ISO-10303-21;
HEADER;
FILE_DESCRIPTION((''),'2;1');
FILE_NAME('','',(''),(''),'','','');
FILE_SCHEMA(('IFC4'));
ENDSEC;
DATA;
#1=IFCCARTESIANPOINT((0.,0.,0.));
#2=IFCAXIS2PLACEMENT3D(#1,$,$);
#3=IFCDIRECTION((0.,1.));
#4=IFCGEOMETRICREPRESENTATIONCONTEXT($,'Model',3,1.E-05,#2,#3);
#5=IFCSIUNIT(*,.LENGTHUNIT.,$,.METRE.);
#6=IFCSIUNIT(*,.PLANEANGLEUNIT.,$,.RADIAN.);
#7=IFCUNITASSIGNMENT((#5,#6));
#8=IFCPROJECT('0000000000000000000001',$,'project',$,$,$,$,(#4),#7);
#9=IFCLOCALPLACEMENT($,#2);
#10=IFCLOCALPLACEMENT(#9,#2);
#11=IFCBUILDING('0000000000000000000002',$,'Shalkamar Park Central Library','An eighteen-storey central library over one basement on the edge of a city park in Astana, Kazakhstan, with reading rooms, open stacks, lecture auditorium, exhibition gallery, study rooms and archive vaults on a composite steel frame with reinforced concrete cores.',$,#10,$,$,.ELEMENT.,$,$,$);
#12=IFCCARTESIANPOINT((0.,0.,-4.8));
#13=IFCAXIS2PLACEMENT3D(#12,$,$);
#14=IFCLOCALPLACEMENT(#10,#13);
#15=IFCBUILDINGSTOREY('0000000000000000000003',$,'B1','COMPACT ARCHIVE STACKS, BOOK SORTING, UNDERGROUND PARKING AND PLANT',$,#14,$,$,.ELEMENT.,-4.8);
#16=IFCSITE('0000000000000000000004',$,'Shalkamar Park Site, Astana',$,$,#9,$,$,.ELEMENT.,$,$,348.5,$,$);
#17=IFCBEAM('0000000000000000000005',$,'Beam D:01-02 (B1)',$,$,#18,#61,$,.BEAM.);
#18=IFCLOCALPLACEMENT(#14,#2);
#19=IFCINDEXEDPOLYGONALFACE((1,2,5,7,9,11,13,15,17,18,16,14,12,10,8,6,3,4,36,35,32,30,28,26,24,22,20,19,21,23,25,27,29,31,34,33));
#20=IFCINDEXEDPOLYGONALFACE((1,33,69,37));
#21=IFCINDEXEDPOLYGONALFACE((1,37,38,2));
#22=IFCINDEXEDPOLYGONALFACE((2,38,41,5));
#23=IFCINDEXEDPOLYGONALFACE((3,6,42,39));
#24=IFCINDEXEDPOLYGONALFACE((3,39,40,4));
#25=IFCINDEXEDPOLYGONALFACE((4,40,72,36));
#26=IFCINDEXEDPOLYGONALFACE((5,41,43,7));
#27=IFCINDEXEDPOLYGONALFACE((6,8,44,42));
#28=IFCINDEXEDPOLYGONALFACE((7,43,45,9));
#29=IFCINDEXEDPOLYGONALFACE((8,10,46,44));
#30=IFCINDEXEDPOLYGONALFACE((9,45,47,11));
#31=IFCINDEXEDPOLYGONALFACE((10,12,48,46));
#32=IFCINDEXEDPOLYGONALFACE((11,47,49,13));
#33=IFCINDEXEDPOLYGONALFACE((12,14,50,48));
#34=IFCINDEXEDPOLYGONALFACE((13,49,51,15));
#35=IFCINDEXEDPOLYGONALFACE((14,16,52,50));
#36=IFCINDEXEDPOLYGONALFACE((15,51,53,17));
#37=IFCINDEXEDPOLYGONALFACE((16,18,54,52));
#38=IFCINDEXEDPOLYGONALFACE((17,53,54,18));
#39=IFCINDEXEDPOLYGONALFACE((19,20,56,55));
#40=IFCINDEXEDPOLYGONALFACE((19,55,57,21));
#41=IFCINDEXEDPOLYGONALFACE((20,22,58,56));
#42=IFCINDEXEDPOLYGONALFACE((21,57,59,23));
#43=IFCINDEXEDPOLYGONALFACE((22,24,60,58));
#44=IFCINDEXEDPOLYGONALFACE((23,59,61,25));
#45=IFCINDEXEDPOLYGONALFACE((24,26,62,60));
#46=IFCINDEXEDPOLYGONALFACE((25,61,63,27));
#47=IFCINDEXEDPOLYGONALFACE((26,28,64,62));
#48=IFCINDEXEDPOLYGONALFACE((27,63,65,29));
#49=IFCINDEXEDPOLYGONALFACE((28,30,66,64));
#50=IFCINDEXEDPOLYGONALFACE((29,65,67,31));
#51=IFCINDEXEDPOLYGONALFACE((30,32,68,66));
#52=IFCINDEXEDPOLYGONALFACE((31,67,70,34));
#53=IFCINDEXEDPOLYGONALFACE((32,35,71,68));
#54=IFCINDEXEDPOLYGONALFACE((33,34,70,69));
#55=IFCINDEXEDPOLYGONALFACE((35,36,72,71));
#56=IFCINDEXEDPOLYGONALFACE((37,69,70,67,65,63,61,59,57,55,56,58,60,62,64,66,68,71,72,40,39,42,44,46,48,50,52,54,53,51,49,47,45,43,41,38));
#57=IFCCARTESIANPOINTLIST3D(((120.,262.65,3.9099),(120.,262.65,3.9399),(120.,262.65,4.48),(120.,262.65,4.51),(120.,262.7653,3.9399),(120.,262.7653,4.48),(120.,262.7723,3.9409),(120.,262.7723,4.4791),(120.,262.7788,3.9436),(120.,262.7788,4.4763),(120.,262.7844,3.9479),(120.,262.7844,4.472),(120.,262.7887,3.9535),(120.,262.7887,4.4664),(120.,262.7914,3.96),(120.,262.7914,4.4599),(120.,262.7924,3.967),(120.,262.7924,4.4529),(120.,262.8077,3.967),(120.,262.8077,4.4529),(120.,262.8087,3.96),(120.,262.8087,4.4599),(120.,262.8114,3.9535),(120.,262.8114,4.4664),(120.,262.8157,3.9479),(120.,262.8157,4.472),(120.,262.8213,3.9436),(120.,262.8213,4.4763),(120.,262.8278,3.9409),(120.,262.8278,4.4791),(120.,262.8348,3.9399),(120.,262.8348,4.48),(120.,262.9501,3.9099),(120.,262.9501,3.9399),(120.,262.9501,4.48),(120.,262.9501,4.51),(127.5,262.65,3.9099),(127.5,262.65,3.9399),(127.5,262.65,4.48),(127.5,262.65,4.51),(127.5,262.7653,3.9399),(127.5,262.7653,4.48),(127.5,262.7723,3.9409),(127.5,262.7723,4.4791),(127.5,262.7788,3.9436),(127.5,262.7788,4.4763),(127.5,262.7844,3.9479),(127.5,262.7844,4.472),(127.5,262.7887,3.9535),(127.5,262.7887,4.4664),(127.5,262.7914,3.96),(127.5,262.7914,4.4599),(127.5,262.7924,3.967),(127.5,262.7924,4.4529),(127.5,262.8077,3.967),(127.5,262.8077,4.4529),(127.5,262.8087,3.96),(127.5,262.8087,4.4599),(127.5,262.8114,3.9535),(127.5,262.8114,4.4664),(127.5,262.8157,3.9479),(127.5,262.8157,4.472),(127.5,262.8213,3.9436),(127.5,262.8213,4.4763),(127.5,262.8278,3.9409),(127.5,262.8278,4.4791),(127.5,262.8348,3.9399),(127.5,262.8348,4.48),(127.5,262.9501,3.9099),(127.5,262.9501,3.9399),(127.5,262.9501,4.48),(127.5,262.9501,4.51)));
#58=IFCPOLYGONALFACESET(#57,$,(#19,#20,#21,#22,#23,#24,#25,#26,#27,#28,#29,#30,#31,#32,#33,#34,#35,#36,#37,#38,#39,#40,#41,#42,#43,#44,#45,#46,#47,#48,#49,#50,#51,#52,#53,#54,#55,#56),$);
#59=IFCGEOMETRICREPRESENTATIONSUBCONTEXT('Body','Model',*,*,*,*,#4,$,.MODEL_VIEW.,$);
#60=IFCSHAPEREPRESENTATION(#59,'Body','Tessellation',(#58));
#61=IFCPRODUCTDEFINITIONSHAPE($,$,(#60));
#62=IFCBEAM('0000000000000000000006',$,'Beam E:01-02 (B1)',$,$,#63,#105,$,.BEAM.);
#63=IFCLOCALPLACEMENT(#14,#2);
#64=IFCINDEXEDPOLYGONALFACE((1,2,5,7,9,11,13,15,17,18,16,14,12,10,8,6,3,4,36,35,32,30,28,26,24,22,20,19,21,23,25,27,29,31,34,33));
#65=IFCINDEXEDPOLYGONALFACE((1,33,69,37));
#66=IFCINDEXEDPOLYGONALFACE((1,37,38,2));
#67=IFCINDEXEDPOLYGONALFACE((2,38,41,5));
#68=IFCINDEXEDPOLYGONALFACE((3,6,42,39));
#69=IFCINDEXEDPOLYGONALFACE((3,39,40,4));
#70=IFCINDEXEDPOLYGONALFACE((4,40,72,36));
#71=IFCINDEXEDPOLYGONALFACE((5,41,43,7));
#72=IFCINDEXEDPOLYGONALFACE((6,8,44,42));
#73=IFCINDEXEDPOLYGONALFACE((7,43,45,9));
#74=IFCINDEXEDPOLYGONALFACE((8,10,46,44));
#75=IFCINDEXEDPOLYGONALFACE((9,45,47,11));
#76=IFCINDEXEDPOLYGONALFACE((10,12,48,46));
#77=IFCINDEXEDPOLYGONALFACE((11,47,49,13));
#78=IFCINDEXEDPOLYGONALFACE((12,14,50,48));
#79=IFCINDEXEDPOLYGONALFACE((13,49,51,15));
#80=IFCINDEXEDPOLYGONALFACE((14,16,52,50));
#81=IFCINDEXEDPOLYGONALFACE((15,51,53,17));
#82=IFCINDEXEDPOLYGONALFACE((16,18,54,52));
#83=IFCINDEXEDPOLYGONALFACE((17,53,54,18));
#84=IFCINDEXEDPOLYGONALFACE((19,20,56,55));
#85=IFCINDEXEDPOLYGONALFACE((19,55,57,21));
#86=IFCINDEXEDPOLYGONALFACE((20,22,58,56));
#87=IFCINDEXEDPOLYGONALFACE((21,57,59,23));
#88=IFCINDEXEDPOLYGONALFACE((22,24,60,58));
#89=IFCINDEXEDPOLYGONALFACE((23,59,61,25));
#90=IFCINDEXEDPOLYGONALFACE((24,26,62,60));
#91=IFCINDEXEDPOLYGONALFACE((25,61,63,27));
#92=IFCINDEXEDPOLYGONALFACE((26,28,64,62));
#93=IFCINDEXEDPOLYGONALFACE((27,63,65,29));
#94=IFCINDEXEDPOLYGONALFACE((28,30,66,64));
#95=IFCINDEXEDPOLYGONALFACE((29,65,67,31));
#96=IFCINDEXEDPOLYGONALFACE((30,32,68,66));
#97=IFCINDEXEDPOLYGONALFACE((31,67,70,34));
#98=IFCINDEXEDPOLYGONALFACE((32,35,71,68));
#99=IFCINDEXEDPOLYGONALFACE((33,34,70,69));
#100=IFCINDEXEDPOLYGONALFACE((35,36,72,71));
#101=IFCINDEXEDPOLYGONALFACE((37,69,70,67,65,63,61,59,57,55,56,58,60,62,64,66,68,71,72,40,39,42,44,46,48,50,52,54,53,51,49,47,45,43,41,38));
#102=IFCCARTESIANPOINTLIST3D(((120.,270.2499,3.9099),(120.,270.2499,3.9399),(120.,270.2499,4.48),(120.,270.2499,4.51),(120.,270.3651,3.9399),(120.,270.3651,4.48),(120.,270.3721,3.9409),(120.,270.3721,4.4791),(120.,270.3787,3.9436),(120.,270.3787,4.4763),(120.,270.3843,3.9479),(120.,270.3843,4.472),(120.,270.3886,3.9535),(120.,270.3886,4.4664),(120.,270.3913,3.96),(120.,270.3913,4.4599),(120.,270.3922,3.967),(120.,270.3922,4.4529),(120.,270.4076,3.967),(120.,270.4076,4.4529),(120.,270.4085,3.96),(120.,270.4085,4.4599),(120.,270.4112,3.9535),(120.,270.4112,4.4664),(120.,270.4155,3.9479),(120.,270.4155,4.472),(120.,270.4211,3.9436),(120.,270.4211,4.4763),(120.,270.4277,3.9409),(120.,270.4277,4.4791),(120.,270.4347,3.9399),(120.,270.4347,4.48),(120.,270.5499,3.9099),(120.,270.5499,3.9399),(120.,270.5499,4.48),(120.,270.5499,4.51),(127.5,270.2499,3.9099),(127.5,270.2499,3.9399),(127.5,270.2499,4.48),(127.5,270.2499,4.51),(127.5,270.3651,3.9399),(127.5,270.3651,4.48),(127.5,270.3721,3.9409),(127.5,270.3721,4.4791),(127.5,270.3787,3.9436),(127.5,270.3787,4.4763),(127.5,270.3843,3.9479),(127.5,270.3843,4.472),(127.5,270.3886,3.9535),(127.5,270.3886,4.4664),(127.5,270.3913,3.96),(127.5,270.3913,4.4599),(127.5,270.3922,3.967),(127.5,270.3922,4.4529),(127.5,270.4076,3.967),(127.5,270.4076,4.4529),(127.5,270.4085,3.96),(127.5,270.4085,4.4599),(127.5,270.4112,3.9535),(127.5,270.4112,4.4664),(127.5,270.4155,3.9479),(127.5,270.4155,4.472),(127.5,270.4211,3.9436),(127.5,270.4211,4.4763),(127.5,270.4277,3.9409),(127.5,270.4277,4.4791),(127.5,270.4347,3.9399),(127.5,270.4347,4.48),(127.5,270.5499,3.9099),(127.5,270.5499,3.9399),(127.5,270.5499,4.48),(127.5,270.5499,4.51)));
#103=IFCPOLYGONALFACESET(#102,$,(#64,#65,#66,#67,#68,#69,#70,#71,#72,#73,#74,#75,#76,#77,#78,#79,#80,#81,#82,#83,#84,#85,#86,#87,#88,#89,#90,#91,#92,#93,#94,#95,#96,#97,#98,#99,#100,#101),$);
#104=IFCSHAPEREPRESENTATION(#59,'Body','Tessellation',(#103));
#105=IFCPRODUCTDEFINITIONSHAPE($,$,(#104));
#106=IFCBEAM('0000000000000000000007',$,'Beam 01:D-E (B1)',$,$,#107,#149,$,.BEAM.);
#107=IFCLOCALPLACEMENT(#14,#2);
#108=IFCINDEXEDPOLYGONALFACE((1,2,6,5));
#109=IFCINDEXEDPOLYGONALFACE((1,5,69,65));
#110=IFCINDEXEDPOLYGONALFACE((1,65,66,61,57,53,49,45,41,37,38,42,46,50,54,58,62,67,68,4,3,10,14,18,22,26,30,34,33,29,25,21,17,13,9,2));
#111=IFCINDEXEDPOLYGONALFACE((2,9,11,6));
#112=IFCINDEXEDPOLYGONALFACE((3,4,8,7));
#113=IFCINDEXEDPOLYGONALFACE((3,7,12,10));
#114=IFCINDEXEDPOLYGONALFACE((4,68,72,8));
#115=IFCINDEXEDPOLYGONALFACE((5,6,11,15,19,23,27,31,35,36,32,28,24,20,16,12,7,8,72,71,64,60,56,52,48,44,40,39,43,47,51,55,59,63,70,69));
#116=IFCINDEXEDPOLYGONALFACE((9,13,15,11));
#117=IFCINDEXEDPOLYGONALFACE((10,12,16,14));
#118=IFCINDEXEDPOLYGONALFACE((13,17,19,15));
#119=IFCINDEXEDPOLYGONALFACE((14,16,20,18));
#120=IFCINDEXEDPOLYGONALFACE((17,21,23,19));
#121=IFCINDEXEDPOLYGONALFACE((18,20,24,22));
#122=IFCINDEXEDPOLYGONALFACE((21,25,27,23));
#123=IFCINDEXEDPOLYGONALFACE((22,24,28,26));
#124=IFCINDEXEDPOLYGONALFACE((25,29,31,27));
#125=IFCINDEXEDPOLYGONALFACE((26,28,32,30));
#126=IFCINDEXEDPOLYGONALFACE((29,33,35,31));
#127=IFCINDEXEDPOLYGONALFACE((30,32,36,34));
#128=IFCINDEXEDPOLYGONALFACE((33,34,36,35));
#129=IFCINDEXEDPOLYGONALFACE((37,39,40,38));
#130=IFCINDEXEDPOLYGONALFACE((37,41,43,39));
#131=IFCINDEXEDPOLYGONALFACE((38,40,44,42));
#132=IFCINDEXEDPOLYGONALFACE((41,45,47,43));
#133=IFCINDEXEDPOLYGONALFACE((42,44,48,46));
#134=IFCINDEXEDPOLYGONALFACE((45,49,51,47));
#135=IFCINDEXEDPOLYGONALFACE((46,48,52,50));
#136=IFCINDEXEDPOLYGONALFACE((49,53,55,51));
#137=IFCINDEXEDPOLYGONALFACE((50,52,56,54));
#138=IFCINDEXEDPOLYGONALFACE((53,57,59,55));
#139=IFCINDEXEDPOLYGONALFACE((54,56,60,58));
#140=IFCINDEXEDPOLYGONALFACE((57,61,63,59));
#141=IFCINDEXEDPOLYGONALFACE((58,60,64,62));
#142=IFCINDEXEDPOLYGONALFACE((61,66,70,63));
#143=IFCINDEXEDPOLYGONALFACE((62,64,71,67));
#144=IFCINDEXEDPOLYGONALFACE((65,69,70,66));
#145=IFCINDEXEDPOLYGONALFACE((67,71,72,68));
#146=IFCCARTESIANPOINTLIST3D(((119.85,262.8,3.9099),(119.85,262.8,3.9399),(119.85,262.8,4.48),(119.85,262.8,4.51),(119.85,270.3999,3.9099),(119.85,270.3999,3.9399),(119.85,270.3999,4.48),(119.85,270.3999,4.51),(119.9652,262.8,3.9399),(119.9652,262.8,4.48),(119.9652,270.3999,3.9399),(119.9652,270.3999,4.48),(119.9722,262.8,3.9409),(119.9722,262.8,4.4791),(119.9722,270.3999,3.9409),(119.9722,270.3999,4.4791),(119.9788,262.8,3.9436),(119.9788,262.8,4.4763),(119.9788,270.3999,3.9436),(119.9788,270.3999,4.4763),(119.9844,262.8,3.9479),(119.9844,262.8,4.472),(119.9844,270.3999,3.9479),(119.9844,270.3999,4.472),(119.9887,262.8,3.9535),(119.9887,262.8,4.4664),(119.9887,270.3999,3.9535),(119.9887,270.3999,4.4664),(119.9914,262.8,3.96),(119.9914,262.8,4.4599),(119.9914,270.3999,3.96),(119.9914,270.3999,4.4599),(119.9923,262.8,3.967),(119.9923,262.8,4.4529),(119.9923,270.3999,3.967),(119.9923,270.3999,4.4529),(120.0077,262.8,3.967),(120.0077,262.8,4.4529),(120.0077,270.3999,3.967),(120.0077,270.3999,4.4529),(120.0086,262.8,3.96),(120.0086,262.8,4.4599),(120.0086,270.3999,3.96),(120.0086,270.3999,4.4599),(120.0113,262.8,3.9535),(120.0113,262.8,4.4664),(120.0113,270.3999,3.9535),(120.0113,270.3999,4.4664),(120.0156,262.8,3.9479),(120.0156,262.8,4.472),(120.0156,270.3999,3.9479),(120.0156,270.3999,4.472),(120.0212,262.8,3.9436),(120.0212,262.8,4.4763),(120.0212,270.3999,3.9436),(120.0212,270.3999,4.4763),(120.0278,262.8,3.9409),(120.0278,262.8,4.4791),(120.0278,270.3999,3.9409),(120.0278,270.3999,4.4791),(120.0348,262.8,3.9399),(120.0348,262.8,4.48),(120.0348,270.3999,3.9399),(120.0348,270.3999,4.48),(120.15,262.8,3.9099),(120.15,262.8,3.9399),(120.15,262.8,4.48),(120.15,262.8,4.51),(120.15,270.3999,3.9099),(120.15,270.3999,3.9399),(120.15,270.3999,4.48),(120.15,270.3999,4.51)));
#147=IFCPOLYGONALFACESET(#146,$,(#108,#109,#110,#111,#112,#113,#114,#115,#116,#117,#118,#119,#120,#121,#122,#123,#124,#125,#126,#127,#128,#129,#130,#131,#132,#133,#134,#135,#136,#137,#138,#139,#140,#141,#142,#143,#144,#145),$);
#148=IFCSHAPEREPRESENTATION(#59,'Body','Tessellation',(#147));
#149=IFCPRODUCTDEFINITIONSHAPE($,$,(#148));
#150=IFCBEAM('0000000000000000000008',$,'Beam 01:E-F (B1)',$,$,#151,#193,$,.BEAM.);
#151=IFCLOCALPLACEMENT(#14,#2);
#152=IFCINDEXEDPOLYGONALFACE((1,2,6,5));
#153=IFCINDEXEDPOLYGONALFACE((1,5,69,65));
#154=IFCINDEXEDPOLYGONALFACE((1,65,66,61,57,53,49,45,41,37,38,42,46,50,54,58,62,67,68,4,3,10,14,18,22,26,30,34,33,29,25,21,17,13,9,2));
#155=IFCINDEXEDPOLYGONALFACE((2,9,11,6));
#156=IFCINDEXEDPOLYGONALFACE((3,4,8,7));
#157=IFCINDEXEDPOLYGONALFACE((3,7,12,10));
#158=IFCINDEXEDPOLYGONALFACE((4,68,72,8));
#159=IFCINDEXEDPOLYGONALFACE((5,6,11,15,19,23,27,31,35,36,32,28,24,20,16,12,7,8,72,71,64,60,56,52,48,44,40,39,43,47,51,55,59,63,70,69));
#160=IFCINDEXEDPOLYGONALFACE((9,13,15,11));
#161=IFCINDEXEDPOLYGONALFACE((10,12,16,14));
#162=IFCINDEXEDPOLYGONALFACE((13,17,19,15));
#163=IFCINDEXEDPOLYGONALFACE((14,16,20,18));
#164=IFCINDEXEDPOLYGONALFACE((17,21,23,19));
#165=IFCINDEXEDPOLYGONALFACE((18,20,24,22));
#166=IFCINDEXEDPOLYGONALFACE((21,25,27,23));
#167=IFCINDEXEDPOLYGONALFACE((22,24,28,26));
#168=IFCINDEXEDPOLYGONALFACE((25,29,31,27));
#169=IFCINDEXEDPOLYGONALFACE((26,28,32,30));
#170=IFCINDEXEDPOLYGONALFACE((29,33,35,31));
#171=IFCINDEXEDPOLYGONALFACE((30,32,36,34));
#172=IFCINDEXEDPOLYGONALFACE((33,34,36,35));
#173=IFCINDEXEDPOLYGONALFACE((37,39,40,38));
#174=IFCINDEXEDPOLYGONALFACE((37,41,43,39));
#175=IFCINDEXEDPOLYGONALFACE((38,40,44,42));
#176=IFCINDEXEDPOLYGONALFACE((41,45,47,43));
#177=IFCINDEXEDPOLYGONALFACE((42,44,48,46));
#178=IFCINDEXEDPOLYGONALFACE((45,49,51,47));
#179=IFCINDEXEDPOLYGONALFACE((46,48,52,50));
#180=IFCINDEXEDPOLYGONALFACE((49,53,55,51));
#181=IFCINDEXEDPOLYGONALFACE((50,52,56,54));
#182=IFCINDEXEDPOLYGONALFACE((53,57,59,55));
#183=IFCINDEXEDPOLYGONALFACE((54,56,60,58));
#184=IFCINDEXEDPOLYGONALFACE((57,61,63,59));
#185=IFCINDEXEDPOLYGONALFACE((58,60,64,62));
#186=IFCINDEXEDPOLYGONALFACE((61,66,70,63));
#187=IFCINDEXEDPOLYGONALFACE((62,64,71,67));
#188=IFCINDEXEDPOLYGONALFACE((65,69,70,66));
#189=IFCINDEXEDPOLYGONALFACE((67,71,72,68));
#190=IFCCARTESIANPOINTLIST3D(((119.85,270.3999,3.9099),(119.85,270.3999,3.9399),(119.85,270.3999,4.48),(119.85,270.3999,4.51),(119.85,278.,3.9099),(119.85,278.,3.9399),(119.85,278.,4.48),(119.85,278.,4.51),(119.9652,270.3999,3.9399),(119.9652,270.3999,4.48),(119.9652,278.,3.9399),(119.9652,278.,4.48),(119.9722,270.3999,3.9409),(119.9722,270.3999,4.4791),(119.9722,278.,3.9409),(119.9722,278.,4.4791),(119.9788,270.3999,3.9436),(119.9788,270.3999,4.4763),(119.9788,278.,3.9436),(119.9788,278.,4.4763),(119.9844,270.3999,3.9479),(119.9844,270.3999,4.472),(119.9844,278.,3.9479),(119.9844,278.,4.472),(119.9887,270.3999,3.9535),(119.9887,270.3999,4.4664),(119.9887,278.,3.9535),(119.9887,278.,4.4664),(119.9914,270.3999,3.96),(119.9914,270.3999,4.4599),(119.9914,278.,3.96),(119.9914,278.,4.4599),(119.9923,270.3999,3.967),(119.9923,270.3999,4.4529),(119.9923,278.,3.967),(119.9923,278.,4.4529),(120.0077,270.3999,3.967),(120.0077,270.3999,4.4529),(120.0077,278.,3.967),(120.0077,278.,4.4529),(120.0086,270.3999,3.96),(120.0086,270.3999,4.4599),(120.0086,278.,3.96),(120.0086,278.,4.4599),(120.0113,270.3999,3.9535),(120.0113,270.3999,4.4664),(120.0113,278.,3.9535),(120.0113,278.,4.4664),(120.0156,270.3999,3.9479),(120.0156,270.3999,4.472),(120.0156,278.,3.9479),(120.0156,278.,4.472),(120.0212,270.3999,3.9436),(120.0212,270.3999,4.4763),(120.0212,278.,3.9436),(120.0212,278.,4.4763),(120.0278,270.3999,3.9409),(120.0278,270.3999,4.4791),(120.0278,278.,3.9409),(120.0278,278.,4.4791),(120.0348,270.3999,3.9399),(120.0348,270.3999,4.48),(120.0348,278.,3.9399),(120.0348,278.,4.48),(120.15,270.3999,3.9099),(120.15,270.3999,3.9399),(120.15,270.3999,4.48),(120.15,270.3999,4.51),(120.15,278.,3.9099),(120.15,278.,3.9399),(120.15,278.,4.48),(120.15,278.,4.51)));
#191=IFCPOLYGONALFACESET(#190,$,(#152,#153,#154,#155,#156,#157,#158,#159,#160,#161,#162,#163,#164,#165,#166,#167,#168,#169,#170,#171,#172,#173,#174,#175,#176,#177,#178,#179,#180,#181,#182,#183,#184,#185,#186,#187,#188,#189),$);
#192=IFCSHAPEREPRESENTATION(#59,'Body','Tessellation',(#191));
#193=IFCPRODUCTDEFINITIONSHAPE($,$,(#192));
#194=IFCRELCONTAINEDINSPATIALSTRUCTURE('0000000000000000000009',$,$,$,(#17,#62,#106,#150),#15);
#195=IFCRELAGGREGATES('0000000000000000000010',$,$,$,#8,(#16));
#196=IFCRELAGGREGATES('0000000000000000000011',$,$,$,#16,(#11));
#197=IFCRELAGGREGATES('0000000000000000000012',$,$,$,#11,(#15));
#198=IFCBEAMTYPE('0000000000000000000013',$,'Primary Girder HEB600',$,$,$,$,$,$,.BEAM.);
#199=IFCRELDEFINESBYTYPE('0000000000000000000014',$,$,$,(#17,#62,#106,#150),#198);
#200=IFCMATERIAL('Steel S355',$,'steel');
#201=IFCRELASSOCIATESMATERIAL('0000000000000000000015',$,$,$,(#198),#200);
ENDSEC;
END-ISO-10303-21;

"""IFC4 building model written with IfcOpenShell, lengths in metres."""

from ifc_helpers import new_model, si_unit, direction, frame, origin, origin_2d, place, context, subcontext, project, spatial, i_section, extrude, material, material_profile, profile_set, type_object, element, save


model = new_model("IFC4")

# Units and contexts
model_context = context("Model", 3, precision=1e-05, world=origin(), true_north=direction((0.0, 1.0)))
body_context = subcontext(model_context, "Body", "Model", "MODEL_VIEW")
ifc_project = project(units=[si_unit("LENGTHUNIT", "METRE"), si_unit("PLANEANGLEUNIT", "RADIAN")], contexts=[model_context])

# Site, building, storey
site_placement = place(None, origin())
site = spatial("IfcSite", under=ifc_project, at=site_placement, Name="Shalkamar Park Site, Astana", CompositionType="ELEMENT", RefElevation=348.5)
building_placement = place(site_placement, origin())
building = spatial("IfcBuilding", under=site, at=building_placement, Name="Shalkamar Park Central Library", Description="An eighteen-storey central library over one basement on the edge of a city park in Astana, Kazakhstan, with reading rooms, open stacks, lecture auditorium, exhibition gallery, study rooms and archive vaults on a composite steel frame with reinforced concrete cores.", CompositionType="ELEMENT")
storey_placement = place(building_placement, frame((0.0, 0.0, -4.8)))
storey = spatial("IfcBuildingStorey", under=building, at=storey_placement, Name="B1", Description="COMPACT ARCHIVE STACKS, BOOK SORTING, UNDERGROUND PARKING AND PLANT", CompositionType="ELEMENT", Elevation=-4.8)

# Beams
ifc_material_1 = material(Name="Steel S355", Category="steel")
ifc_material_profile_1 = material_profile(ifc_material_1, i_section(OverallWidth=0.3, OverallDepth=0.6001, WebThickness=0.0154, FlangeThickness=0.03, FilletRadius=0.0271, at=origin_2d()), Name="HEB 600")
ifc_profile_set_1 = profile_set([ifc_material_profile_1], Name="Steel S355")
beam_type = type_object("IfcBeamType", Name="Primary Girder HEB600", PredefinedType="BEAM", material=ifc_profile_set_1)
for number, where, z_axis, x_axis, name in (
    (1, (120.0, 262.8, 4.21), (1.0, 0.0, 0.0), (0.0, 1.0, 0.0), "Beam D:01-02 (B1)"),
    (2, (120.0, 270.3999, 4.21), (1.0, 0.0, 0.0), (0.0, 1.0, 0.0), "Beam E:01-02 (B1)"),
):
    element("IfcBeam", number, at=place(storey_placement, frame(where, z_axis=z_axis, x_axis=x_axis)), inside=storey, type_object=beam_type, Name=name, PredefinedType="BEAM", context=body_context, shape_type="SweptSolid", body=[
        extrude(i_section(OverallWidth=0.3, OverallDepth=0.6001, WebThickness=0.0154, FlangeThickness=0.03, FilletRadius=0.0271, at=origin_2d()), origin(), (0.0, 0.0, 1.0), 7.5),
    ])
beam_1_placement = place(storey_placement, frame((120.0, 262.8, 4.21), z_axis=(0.0, 1.0, 0.0), x_axis=(-1.0, 0.0, 0.0)))
element("IfcBeam", 3, at=beam_1_placement, inside=storey, type_object=beam_type, Name="Beam 01:D-E (B1)", PredefinedType="BEAM", context=body_context, shape_type="SweptSolid", body=[
    extrude(i_section(OverallWidth=0.3, OverallDepth=0.6001, WebThickness=0.0154, FlangeThickness=0.03, FilletRadius=0.0271, at=origin_2d()), origin(), (0.0, 0.0, 1.0), 7.5999),
])
beam_2_placement = place(storey_placement, frame((120.0, 270.3999, 4.21), z_axis=(0.0, 1.0, 0.0), x_axis=(-1.0, 0.0, 0.0)))
element("IfcBeam", 4, at=beam_2_placement, inside=storey, type_object=beam_type, Name="Beam 01:E-F (B1)", PredefinedType="BEAM", context=body_context, shape_type="SweptSolid", body=[
    extrude(i_section(OverallWidth=0.3, OverallDepth=0.6001, WebThickness=0.0154, FlangeThickness=0.03, FilletRadius=0.0271, at=origin_2d()), origin(), (0.0, 0.0, 1.0), 7.6001),
])

save(model, "model.ifc")
